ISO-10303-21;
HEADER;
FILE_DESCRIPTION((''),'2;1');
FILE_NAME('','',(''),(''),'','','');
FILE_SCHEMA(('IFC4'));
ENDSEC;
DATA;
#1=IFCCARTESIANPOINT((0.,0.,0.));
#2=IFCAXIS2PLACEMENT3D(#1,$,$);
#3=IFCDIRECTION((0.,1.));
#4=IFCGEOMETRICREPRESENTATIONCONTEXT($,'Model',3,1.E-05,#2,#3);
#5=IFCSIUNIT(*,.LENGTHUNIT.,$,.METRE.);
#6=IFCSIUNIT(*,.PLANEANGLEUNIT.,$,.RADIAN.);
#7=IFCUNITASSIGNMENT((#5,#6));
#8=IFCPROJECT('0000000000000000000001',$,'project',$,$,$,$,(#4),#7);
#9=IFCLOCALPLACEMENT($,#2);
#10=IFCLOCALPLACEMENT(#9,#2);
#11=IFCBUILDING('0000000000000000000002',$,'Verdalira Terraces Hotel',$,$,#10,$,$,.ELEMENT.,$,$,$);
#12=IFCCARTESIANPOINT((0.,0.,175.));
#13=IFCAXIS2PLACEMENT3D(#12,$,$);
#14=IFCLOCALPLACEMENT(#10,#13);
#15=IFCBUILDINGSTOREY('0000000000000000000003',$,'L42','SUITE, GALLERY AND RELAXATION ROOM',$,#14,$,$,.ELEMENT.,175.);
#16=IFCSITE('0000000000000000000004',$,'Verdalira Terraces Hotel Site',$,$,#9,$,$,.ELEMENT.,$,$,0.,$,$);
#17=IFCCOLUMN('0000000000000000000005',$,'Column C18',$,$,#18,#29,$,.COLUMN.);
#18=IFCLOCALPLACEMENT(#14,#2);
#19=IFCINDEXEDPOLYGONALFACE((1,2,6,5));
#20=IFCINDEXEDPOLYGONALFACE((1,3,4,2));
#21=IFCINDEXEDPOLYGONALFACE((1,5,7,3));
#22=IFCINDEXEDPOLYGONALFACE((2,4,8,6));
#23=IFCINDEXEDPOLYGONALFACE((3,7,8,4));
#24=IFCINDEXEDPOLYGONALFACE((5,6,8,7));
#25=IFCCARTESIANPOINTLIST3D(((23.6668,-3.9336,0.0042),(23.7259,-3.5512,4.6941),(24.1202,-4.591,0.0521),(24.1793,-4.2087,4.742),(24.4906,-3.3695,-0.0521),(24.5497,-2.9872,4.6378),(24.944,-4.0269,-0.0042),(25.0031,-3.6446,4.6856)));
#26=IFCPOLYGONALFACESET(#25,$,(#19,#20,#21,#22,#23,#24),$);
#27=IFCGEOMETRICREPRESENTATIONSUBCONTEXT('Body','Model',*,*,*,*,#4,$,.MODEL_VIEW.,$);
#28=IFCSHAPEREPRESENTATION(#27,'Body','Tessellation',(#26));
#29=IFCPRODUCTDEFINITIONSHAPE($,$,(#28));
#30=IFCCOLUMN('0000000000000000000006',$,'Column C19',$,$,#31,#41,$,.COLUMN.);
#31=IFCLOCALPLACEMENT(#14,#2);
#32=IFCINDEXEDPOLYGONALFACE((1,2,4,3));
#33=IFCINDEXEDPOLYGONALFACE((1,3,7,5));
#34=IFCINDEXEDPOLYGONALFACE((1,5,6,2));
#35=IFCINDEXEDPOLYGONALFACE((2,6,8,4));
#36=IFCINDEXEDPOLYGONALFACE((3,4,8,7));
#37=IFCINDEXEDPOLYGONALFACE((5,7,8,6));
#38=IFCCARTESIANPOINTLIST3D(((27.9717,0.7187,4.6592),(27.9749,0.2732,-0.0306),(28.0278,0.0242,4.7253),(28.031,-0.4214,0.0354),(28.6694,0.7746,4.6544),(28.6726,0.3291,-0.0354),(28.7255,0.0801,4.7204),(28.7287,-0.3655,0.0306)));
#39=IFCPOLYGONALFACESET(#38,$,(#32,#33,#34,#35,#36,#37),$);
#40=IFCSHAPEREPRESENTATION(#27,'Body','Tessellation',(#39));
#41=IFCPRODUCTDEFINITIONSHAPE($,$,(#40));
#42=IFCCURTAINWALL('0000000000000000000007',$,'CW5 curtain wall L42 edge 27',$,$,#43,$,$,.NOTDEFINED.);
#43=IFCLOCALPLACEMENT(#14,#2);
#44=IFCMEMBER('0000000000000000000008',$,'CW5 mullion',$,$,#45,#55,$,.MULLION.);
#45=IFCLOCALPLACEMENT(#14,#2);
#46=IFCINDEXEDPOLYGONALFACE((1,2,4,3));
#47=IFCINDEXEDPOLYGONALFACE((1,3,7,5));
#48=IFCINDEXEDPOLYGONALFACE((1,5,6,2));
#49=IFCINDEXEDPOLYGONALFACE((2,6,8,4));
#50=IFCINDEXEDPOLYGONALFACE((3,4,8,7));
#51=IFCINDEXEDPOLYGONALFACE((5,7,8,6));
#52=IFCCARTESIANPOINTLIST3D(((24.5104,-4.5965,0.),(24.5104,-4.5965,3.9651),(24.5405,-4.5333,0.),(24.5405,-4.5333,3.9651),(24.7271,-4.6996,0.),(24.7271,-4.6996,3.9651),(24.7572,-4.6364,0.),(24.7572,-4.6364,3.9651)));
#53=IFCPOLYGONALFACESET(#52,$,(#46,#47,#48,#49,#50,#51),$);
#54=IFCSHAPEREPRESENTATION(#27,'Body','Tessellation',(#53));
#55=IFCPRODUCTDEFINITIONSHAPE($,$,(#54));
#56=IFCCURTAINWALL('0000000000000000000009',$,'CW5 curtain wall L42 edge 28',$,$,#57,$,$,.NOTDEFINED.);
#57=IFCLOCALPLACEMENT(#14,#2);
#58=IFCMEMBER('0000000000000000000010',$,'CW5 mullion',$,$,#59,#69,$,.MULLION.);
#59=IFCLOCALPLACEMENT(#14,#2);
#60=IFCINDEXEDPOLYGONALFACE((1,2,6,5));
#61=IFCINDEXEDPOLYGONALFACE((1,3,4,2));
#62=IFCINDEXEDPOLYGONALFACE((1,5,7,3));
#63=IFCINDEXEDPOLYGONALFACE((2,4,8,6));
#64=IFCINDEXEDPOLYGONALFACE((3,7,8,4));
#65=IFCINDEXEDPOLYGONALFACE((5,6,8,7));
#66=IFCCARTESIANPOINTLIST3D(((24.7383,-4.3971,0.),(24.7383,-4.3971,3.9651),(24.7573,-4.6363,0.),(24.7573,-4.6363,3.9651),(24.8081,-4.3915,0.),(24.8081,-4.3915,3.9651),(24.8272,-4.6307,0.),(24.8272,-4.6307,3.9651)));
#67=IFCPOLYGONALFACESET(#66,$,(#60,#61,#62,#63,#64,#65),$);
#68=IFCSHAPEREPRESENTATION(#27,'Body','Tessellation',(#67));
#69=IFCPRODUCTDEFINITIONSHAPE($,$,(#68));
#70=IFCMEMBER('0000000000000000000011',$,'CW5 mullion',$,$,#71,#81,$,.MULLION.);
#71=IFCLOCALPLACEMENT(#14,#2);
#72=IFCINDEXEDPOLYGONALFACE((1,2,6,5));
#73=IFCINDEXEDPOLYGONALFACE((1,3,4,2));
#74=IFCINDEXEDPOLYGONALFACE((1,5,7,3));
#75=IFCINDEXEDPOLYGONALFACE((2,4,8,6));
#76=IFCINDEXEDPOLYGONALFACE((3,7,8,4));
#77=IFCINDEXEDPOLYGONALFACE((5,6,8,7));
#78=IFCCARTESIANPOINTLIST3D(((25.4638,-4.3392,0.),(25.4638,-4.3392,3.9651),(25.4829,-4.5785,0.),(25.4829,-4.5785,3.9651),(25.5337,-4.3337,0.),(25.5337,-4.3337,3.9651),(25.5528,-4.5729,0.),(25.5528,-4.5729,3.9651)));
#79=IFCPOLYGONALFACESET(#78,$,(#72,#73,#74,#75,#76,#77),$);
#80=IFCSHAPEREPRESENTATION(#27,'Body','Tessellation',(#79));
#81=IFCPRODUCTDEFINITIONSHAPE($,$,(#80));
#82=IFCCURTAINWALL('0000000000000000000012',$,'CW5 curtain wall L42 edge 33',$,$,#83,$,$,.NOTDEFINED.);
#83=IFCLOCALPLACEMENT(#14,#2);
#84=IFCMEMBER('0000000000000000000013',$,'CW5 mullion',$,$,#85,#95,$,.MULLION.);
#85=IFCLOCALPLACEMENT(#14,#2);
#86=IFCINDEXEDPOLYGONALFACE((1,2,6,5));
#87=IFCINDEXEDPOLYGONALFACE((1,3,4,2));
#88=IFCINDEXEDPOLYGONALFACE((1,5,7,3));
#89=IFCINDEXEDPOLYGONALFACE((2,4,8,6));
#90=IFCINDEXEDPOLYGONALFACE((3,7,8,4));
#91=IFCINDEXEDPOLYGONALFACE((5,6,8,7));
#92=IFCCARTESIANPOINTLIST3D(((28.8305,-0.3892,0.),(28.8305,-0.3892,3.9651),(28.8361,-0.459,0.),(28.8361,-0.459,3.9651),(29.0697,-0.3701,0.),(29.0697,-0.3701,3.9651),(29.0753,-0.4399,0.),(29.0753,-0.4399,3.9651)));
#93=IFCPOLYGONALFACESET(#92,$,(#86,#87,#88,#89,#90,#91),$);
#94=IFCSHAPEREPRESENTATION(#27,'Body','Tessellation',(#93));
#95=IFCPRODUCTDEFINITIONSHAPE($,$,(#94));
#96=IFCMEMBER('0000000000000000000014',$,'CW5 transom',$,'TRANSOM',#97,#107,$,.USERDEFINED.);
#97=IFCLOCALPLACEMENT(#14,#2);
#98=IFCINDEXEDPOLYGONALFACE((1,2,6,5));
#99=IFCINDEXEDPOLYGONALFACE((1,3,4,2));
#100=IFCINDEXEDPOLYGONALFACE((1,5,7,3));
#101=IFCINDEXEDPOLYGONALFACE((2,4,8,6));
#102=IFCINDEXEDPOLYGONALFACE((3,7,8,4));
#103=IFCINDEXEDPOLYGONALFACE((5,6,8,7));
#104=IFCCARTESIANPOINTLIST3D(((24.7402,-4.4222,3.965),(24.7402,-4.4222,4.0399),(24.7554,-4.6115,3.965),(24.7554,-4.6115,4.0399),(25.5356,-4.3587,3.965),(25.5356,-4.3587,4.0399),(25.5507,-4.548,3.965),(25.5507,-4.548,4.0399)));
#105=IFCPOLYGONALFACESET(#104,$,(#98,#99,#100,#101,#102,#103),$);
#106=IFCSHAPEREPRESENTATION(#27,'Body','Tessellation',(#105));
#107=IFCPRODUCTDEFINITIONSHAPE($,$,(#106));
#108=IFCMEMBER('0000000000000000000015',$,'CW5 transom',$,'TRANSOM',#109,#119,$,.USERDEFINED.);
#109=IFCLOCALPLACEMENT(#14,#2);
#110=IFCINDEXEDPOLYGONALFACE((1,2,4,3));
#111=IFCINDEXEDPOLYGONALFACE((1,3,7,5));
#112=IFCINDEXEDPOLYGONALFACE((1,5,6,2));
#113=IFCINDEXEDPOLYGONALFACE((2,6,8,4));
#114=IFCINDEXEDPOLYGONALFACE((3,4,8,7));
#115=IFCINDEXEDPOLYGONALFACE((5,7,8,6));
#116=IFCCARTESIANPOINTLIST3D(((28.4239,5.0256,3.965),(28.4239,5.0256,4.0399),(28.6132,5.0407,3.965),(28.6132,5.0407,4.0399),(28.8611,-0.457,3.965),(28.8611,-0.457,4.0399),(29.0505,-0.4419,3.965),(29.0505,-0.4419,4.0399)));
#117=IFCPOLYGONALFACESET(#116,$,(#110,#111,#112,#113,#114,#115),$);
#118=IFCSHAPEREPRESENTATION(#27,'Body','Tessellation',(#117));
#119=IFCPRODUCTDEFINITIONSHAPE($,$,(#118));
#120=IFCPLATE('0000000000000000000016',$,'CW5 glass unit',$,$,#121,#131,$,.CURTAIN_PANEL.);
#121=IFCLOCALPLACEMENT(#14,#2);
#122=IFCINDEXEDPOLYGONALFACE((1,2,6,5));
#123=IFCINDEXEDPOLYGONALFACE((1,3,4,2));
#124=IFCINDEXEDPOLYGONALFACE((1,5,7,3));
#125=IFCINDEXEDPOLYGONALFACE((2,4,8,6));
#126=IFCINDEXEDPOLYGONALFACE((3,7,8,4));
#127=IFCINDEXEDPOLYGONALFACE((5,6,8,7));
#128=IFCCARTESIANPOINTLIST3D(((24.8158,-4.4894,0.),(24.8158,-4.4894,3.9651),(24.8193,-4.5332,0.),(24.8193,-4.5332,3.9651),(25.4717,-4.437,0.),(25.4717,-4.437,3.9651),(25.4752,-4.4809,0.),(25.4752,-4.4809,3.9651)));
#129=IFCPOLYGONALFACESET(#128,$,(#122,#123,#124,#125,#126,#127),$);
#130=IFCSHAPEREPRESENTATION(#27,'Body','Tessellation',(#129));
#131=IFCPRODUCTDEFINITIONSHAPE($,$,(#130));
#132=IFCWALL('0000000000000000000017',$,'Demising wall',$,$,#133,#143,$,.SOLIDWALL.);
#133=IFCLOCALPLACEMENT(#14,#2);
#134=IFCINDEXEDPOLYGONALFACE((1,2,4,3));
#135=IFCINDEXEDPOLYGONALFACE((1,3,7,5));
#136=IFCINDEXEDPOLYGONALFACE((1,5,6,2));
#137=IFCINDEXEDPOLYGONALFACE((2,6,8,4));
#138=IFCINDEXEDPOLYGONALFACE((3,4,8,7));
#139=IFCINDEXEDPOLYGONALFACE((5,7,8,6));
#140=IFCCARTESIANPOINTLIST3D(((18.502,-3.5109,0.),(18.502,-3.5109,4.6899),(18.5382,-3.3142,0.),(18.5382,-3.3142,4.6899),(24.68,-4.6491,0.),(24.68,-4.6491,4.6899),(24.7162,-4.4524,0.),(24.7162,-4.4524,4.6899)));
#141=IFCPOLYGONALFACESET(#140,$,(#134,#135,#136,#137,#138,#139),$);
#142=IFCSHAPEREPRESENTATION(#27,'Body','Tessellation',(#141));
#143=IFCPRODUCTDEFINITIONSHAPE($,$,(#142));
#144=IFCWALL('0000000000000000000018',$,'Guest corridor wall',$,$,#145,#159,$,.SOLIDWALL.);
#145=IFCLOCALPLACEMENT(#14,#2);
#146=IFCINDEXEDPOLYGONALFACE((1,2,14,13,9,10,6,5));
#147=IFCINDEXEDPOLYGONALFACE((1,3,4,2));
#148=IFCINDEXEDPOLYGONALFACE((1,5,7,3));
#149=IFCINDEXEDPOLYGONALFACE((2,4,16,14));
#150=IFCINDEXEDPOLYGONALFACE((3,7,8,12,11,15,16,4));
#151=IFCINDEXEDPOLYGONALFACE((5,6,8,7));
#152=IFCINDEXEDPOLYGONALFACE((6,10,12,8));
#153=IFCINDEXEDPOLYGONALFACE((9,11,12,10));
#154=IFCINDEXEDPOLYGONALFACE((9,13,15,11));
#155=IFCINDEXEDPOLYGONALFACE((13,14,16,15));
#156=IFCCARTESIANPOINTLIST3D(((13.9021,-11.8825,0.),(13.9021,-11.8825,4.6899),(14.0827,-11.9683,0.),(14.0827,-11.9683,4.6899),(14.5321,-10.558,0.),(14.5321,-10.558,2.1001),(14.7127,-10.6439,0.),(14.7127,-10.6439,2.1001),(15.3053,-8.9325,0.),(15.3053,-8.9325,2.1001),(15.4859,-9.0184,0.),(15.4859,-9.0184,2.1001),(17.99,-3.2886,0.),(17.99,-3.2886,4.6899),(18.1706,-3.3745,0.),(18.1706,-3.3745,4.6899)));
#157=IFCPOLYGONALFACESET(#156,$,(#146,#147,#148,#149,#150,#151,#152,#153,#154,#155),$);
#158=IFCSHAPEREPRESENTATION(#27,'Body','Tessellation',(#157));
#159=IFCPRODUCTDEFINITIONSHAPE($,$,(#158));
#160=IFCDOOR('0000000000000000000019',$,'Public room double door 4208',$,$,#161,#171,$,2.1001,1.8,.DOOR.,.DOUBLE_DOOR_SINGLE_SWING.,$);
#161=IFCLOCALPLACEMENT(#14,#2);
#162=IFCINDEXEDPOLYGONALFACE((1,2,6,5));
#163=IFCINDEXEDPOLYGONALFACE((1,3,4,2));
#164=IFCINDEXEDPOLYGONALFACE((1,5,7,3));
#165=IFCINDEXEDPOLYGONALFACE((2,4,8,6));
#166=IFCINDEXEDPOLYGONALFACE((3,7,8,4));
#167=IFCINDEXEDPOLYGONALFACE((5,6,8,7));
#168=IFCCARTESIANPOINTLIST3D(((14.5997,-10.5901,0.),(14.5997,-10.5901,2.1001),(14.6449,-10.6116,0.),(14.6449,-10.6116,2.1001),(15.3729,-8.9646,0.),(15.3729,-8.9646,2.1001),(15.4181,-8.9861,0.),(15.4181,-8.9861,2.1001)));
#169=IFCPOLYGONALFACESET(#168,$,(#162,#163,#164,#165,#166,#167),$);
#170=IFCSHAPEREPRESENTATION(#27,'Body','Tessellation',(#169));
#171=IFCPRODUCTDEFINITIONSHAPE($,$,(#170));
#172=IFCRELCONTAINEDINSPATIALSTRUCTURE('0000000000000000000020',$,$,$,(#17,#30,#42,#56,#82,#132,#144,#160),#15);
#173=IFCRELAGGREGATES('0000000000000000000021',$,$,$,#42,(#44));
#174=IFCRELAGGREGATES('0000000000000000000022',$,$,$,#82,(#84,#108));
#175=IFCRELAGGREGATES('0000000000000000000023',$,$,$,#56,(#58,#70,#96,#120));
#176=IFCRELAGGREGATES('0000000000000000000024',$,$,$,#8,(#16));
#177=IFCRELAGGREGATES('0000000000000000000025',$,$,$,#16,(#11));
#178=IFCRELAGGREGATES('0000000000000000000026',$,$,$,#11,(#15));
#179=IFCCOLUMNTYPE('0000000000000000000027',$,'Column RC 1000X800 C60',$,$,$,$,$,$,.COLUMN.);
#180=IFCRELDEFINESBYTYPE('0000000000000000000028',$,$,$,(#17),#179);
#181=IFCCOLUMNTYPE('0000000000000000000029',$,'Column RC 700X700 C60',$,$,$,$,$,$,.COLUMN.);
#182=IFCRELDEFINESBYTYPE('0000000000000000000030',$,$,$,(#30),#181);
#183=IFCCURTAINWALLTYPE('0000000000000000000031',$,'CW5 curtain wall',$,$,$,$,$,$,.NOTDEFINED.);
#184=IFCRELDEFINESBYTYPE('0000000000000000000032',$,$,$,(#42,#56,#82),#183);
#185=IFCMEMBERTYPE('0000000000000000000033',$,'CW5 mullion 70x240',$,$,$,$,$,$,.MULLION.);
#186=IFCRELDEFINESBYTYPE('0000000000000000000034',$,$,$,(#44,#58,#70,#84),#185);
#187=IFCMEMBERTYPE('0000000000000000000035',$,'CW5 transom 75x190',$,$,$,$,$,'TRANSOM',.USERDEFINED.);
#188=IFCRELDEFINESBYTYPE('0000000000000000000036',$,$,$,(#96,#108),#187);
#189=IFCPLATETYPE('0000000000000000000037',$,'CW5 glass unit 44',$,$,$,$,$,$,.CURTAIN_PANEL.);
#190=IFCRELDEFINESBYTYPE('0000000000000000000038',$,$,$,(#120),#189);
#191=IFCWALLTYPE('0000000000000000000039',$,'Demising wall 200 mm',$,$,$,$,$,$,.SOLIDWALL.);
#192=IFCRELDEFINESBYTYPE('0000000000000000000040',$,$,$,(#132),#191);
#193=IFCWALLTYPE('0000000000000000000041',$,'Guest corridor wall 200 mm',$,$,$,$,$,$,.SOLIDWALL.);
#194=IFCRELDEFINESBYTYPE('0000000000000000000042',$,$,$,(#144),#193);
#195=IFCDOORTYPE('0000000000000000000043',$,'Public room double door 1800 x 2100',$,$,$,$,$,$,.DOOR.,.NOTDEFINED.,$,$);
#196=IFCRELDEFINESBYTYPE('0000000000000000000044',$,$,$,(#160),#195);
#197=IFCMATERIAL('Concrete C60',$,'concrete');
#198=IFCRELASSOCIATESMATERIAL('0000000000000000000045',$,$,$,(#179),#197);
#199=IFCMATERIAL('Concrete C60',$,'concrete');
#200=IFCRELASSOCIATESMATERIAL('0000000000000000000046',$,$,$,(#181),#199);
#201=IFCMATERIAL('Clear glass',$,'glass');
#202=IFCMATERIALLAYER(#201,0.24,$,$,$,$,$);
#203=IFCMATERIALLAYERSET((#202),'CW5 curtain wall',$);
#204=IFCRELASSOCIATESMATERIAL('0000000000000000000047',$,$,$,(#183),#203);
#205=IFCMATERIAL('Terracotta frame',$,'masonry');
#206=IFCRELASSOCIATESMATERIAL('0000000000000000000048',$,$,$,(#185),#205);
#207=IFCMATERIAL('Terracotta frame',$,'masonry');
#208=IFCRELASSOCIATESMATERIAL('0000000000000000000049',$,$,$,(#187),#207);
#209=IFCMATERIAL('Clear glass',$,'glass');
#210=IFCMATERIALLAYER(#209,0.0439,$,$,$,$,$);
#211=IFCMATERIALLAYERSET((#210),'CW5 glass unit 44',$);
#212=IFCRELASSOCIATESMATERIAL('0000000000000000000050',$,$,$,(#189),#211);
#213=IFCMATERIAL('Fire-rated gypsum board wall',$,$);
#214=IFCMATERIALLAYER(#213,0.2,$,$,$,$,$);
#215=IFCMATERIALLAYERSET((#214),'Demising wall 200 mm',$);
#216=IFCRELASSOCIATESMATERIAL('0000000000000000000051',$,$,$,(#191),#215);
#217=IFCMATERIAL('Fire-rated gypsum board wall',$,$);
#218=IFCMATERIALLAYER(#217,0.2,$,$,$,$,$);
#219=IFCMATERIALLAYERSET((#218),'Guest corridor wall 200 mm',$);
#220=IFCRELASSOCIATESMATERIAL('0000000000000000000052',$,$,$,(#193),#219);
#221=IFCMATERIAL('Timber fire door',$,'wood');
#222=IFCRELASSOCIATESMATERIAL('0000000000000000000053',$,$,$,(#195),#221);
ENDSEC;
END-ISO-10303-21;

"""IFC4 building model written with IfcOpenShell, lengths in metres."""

from ifc_helpers import new_model, si_unit, direction, frame, frame_2d, origin, origin_2d, place, context, subcontext, project, spatial, rectangle, extrude, material, layer, layer_set, material_profile, profile_set, type_object, element, fill, aggregate, save


model = new_model("IFC4")

# Units and contexts
model_context = context("Model", 3, precision=1e-05, world=origin(), true_north=direction((0.0, 1.0)))
body_context = subcontext(model_context, "Body", "Model", "MODEL_VIEW")
ifc_project = project(units=[si_unit("LENGTHUNIT", "METRE"), si_unit("PLANEANGLEUNIT", "RADIAN")], contexts=[model_context])

# Site, building, storey
site_placement = place(None, origin())
site = spatial("IfcSite", under=ifc_project, at=site_placement, Name="Verdalira Terraces Hotel Site", CompositionType="ELEMENT", RefElevation=0.0)
building_placement = place(site_placement, origin())
building = spatial("IfcBuilding", under=site, at=building_placement, Name="Verdalira Terraces Hotel", CompositionType="ELEMENT")
storey_placement = place(building_placement, frame((0.0, 0.0, 175.0)))
storey = spatial("IfcBuildingStorey", under=building, at=storey_placement, Name="L42", Description="SUITE, GALLERY AND RELAXATION ROOM", CompositionType="ELEMENT", Elevation=175.0)

# Columns
ifc_material_1 = material(Name="Concrete C60", Category="concrete")
ifc_material_profile_1 = material_profile(ifc_material_1, rectangle(XDim=1.0, YDim=0.8, at=origin_2d()), Name="RC 1000X800")
ifc_profile_set_1 = profile_set([ifc_material_profile_1], Name="Concrete C60")
column_type_1 = type_object("IfcColumnType", Name="Column RC 1000X800 C60", PredefinedType="COLUMN", material=ifc_profile_set_1)
column_1_placement = place(storey_placement, frame((24.3054, -3.9802, 0.0), z_axis=(0.012555, 0.081244, 0.996615), x_axis=(-0.823786, -0.564092, 0.056363)))
element("IfcColumn", 1, at=column_1_placement, inside=storey, type_object=column_type_1, Name="Column C18", PredefinedType="COLUMN", context=body_context, shape_type="SweptSolid", body=[
    extrude(rectangle(XDim=1.0, YDim=0.8, at=origin_2d()), origin(), (0.0, 0.0, 1.0), 4.7058),
])
ifc_material_2 = material(Name="Concrete C60", Category="concrete")
ifc_material_profile_2 = material_profile(ifc_material_2, rectangle(XDim=0.7, YDim=0.7, at=origin_2d()), Name="RC 700X700")
ifc_profile_set_2 = profile_set([ifc_material_profile_2], Name="Concrete C60")
column_type_2 = type_object("IfcColumnType", Name="Column RC 700X700 C60", PredefinedType="COLUMN", material=ifc_profile_set_2)
column_2_placement = place(storey_placement, frame((28.3518, -0.0461, 0.0), z_axis=(-0.000674, 0.094577, 0.995517), x_axis=(-0.080168, 0.992308, -0.094326)))
element("IfcColumn", 2, at=column_2_placement, inside=storey, type_object=column_type_2, Name="Column C19", PredefinedType="COLUMN", context=body_context, shape_type="SweptSolid", body=[
    extrude(rectangle(XDim=0.7, YDim=0.7, at=origin_2d()), origin(), (0.0, 0.0, 1.0), 4.7109),
])

# Curtain wall, member
ifc_material_3 = material(Name="Clear glass", Category="glass")
ifc_layer_1 = layer(ifc_material_3, 0.24)
ifc_layer_set_1 = layer_set([ifc_layer_1], Name="CW5 curtain wall")
curtain_wall_type = type_object("IfcCurtainWallType", Name="CW5 curtain wall", PredefinedType="NOTDEFINED", material=ifc_layer_set_1)
curtain_wall_1_placement = place(storey_placement, origin())
curtain_wall_1 = element("IfcCurtainWall", 3, at=curtain_wall_1_placement, inside=storey, type_object=curtain_wall_type, Name="CW5 curtain wall L42 edge 27", PredefinedType="NOTDEFINED")
ifc_material_4 = material(Name="Terracotta frame", Category="masonry")
ifc_material_profile_3 = material_profile(ifc_material_4, rectangle(XDim=0.0701, YDim=0.24, at=origin_2d()), Name="MU 70x240")
ifc_profile_set_3 = profile_set([ifc_material_profile_3], Name="Terracotta frame")
member_type_1 = type_object("IfcMemberType", Name="CW5 mullion 70x240", PredefinedType="MULLION", material=ifc_profile_set_3)
member_1_placement = place(storey_placement, frame((24.6338, -4.6165, 0.0), z_axis=(0.0, 0.0, 1.0), x_axis=(0.429566, 0.903036, 0.0)))
member_1 = element("IfcMember", 4, at=member_1_placement, type_object=member_type_1, Name="CW5 mullion", PredefinedType="MULLION", context=body_context, shape_type="SweptSolid", body=[
    extrude(rectangle(XDim=0.0701, YDim=0.24, at=origin_2d()), origin(), (0.0, 0.0, 1.0), 3.9651),
])
aggregate(curtain_wall_1, [member_1])

# Curtain wall, members
curtain_wall_2_placement = place(storey_placement, origin())
curtain_wall_2 = element("IfcCurtainWall", 5, at=curtain_wall_2_placement, inside=storey, type_object=curtain_wall_type, Name="CW5 curtain wall L42 edge 28", PredefinedType="NOTDEFINED")
member_2_placement = place(storey_placement, frame((24.7827, -4.5139, 0.0), z_axis=(0.0, 0.0, 1.0), x_axis=(0.996835, 0.079503, 0.0)))
member_2 = element("IfcMember", 6, at=member_2_placement, type_object=member_type_1, Name="CW5 mullion", PredefinedType="MULLION", context=body_context, shape_type="SweptSolid", body=[
    extrude(rectangle(XDim=0.0701, YDim=0.24, at=origin_2d()), origin(), (0.0, 0.0, 1.0), 3.9651),
])
member_3_placement = place(storey_placement, frame((25.5083, -4.4561, 0.0), z_axis=(0.0, 0.0, 1.0), x_axis=(0.996835, 0.079503, 0.0)))
member_3 = element("IfcMember", 7, at=member_3_placement, type_object=member_type_1, Name="CW5 mullion", PredefinedType="MULLION", context=body_context, shape_type="SweptSolid", body=[
    extrude(rectangle(XDim=0.0701, YDim=0.24, at=origin_2d()), origin(), (0.0, 0.0, 1.0), 3.9651),
])

# Curtain wall, member
curtain_wall_3_placement = place(storey_placement, origin())
curtain_wall_3 = element("IfcCurtainWall", 8, at=curtain_wall_3_placement, inside=storey, type_object=curtain_wall_type, Name="CW5 curtain wall L42 edge 33", PredefinedType="NOTDEFINED")
member_4_placement = place(storey_placement, frame((28.9529, -0.4146, 0.0), z_axis=(0.0, 0.0, 1.0), x_axis=(-0.079503, 0.996835, 0.0)))
member_4 = element("IfcMember", 9, at=member_4_placement, type_object=member_type_1, Name="CW5 mullion", PredefinedType="MULLION", context=body_context, shape_type="SweptSolid", body=[
    extrude(rectangle(XDim=0.0701, YDim=0.24, at=origin_2d()), origin(), (0.0, 0.0, 1.0), 3.9651),
])

# Members
ifc_material_5 = material(Name="Terracotta frame", Category="masonry")
ifc_material_profile_4 = material_profile(ifc_material_5, rectangle(XDim=0.1899, YDim=0.075, at=origin_2d()), Name="TR 75x190")
ifc_profile_set_4 = profile_set([ifc_material_profile_4], Name="Terracotta frame")
member_type_2 = type_object("IfcMemberType", Name="CW5 transom 75x190", ElementType="TRANSOM", PredefinedType="USERDEFINED", material=ifc_profile_set_4)
member_5_placement = place(storey_placement, frame((24.7478, -4.5168, 4.0024), z_axis=(0.996831, 0.079551, 0.0), x_axis=(-0.079551, 0.996831, 0.0)))
member_5 = element("IfcMember", 10, at=member_5_placement, type_object=member_type_2, Name="CW5 transom", ObjectType="TRANSOM", PredefinedType="USERDEFINED", context=body_context, shape_type="SweptSolid", body=[
    extrude(rectangle(XDim=0.1899, YDim=0.075, at=origin_2d()), origin(), (0.0, 0.0, 1.0), 0.7979),
])
member_6_placement = place(storey_placement, frame((28.9558, -0.4495, 4.0024), z_axis=(-0.0795, 0.996835, 0.0), x_axis=(-0.996835, -0.0795, 0.0)))
member_6 = element("IfcMember", 11, at=member_6_placement, type_object=member_type_2, Name="CW5 transom", ObjectType="TRANSOM", PredefinedType="USERDEFINED", context=body_context, shape_type="SweptSolid", body=[
    extrude(rectangle(XDim=0.1899, YDim=0.075, at=origin_2d()), origin(), (0.0, 0.0, 1.0), 5.5),
])
aggregate(curtain_wall_3, [member_4, member_6])

# Plate
ifc_material_6 = material(Name="Clear glass", Category="glass")
ifc_layer_2 = layer(ifc_material_6, 0.0439)
ifc_layer_set_2 = layer_set([ifc_layer_2], Name="CW5 glass unit 44")
plate_type = type_object("IfcPlateType", Name="CW5 glass unit 44", PredefinedType="CURTAIN_PANEL", material=ifc_layer_set_2)
plate_placement = place(storey_placement, frame((25.1455, -4.4851, 0.0), z_axis=(0.0, 0.0, 1.0), x_axis=(0.996835, 0.079503, 0.0)))
plate = element("IfcPlate", 12, at=plate_placement, type_object=plate_type, Name="CW5 glass unit", PredefinedType="CURTAIN_PANEL", context=body_context, shape_type="SweptSolid", body=[
    extrude(rectangle(XDim=0.658, YDim=0.0439, at=origin_2d()), origin(), (0.0, 0.0, 1.0), 3.9651),
])
aggregate(curtain_wall_2, [member_2, member_3, member_5, plate])

# Wall
ifc_material_7 = material(Name="Fire-rated gypsum board wall")
ifc_layer_3 = layer(ifc_material_7, 0.2)
ifc_layer_set_3 = layer_set([ifc_layer_3], Name="Demising wall 200 mm")
wall_type_1 = type_object("IfcWallType", Name="Demising wall 200 mm", PredefinedType="SOLIDWALL", material=ifc_layer_set_3)
wall_1_placement = place(storey_placement, frame((24.6982, -4.5508, 0.0), z_axis=(0.0, 0.0, 1.0), x_axis=(-0.983449, 0.181183, 0.0)))
element("IfcWall", 13, at=wall_1_placement, inside=storey, type_object=wall_type_1, Name="Demising wall", PredefinedType="SOLIDWALL", context=body_context, shape_type="SweptSolid", body=[
    extrude(rectangle(XDim=6.282, YDim=0.2, at=frame_2d((3.1411, 0.0))), origin(), (0.0, 0.0, 1.0), 4.6899),
])

# Wall, opening, door
ifc_material_8 = material(Name="Fire-rated gypsum board wall")
ifc_layer_4 = layer(ifc_material_8, 0.2)
ifc_layer_set_4 = layer_set([ifc_layer_4], Name="Guest corridor wall 200 mm")
wall_type_2 = type_object("IfcWallType", Name="Guest corridor wall 200 mm", PredefinedType="SOLIDWALL", material=ifc_layer_set_4)
wall_2_placement = place(storey_placement, frame((18.0803, -3.3315, 0.0), z_axis=(0.0, 0.0, 1.0), x_axis=(-0.429559, -0.903039, 0.0)))
wall_2 = element("IfcWall", 14, at=wall_2_placement, inside=storey, type_object=wall_type_2, Name="Guest corridor wall", PredefinedType="SOLIDWALL", context=body_context, shape_type="SweptSolid", body=[
    extrude(rectangle(XDim=9.5166, YDim=0.2, at=frame_2d((4.7583, 0.0))), origin(), (0.0, 0.0, 1.0), 4.6899),
])
opening_placement = place(wall_2_placement, frame((6.25, 0.0, 0.0)))
opening = element("IfcOpeningElement", 15, at=opening_placement, cuts=wall_2, PredefinedType="OPENING", context=body_context, shape_type="SweptSolid", body=[
    extrude(rectangle(XDim=1.8, YDim=2.1001, at=frame_2d((0.8999, 1.05))), frame((0.0, 0.1099, 0.0), z_axis=(0.0, -1.0, 0.0), x_axis=(1.0, 0.0, 0.0)), (0.0, 0.0, 1.0), 0.22),
])
ifc_material_9 = material(Name="Timber fire door", Category="wood")
door_type = type_object("IfcDoorType", Name="Public room double door 1800 x 2100", OperationType="NOTDEFINED", PredefinedType="DOOR", material=ifc_material_9)
door_placement = place(opening_placement, origin())
door = element("IfcDoor", 16, at=door_placement, inside=storey, type_object=door_type, Name="Public room double door 4208", OperationType="DOUBLE_DOOR_SINGLE_SWING", OverallHeight=2.1001, OverallWidth=1.8, PredefinedType="DOOR", context=body_context, shape_type="SweptSolid", body=[
    extrude(rectangle(XDim=1.8, YDim=2.1001, at=frame_2d((0.8999, 1.05))), frame((0.0, 0.0249, 0.0), z_axis=(0.0, -1.0, 0.0), x_axis=(1.0, 0.0, 0.0)), (0.0, 0.0, 1.0), 0.05),
])
fill(opening, door)

save(model, "model.ifc")
